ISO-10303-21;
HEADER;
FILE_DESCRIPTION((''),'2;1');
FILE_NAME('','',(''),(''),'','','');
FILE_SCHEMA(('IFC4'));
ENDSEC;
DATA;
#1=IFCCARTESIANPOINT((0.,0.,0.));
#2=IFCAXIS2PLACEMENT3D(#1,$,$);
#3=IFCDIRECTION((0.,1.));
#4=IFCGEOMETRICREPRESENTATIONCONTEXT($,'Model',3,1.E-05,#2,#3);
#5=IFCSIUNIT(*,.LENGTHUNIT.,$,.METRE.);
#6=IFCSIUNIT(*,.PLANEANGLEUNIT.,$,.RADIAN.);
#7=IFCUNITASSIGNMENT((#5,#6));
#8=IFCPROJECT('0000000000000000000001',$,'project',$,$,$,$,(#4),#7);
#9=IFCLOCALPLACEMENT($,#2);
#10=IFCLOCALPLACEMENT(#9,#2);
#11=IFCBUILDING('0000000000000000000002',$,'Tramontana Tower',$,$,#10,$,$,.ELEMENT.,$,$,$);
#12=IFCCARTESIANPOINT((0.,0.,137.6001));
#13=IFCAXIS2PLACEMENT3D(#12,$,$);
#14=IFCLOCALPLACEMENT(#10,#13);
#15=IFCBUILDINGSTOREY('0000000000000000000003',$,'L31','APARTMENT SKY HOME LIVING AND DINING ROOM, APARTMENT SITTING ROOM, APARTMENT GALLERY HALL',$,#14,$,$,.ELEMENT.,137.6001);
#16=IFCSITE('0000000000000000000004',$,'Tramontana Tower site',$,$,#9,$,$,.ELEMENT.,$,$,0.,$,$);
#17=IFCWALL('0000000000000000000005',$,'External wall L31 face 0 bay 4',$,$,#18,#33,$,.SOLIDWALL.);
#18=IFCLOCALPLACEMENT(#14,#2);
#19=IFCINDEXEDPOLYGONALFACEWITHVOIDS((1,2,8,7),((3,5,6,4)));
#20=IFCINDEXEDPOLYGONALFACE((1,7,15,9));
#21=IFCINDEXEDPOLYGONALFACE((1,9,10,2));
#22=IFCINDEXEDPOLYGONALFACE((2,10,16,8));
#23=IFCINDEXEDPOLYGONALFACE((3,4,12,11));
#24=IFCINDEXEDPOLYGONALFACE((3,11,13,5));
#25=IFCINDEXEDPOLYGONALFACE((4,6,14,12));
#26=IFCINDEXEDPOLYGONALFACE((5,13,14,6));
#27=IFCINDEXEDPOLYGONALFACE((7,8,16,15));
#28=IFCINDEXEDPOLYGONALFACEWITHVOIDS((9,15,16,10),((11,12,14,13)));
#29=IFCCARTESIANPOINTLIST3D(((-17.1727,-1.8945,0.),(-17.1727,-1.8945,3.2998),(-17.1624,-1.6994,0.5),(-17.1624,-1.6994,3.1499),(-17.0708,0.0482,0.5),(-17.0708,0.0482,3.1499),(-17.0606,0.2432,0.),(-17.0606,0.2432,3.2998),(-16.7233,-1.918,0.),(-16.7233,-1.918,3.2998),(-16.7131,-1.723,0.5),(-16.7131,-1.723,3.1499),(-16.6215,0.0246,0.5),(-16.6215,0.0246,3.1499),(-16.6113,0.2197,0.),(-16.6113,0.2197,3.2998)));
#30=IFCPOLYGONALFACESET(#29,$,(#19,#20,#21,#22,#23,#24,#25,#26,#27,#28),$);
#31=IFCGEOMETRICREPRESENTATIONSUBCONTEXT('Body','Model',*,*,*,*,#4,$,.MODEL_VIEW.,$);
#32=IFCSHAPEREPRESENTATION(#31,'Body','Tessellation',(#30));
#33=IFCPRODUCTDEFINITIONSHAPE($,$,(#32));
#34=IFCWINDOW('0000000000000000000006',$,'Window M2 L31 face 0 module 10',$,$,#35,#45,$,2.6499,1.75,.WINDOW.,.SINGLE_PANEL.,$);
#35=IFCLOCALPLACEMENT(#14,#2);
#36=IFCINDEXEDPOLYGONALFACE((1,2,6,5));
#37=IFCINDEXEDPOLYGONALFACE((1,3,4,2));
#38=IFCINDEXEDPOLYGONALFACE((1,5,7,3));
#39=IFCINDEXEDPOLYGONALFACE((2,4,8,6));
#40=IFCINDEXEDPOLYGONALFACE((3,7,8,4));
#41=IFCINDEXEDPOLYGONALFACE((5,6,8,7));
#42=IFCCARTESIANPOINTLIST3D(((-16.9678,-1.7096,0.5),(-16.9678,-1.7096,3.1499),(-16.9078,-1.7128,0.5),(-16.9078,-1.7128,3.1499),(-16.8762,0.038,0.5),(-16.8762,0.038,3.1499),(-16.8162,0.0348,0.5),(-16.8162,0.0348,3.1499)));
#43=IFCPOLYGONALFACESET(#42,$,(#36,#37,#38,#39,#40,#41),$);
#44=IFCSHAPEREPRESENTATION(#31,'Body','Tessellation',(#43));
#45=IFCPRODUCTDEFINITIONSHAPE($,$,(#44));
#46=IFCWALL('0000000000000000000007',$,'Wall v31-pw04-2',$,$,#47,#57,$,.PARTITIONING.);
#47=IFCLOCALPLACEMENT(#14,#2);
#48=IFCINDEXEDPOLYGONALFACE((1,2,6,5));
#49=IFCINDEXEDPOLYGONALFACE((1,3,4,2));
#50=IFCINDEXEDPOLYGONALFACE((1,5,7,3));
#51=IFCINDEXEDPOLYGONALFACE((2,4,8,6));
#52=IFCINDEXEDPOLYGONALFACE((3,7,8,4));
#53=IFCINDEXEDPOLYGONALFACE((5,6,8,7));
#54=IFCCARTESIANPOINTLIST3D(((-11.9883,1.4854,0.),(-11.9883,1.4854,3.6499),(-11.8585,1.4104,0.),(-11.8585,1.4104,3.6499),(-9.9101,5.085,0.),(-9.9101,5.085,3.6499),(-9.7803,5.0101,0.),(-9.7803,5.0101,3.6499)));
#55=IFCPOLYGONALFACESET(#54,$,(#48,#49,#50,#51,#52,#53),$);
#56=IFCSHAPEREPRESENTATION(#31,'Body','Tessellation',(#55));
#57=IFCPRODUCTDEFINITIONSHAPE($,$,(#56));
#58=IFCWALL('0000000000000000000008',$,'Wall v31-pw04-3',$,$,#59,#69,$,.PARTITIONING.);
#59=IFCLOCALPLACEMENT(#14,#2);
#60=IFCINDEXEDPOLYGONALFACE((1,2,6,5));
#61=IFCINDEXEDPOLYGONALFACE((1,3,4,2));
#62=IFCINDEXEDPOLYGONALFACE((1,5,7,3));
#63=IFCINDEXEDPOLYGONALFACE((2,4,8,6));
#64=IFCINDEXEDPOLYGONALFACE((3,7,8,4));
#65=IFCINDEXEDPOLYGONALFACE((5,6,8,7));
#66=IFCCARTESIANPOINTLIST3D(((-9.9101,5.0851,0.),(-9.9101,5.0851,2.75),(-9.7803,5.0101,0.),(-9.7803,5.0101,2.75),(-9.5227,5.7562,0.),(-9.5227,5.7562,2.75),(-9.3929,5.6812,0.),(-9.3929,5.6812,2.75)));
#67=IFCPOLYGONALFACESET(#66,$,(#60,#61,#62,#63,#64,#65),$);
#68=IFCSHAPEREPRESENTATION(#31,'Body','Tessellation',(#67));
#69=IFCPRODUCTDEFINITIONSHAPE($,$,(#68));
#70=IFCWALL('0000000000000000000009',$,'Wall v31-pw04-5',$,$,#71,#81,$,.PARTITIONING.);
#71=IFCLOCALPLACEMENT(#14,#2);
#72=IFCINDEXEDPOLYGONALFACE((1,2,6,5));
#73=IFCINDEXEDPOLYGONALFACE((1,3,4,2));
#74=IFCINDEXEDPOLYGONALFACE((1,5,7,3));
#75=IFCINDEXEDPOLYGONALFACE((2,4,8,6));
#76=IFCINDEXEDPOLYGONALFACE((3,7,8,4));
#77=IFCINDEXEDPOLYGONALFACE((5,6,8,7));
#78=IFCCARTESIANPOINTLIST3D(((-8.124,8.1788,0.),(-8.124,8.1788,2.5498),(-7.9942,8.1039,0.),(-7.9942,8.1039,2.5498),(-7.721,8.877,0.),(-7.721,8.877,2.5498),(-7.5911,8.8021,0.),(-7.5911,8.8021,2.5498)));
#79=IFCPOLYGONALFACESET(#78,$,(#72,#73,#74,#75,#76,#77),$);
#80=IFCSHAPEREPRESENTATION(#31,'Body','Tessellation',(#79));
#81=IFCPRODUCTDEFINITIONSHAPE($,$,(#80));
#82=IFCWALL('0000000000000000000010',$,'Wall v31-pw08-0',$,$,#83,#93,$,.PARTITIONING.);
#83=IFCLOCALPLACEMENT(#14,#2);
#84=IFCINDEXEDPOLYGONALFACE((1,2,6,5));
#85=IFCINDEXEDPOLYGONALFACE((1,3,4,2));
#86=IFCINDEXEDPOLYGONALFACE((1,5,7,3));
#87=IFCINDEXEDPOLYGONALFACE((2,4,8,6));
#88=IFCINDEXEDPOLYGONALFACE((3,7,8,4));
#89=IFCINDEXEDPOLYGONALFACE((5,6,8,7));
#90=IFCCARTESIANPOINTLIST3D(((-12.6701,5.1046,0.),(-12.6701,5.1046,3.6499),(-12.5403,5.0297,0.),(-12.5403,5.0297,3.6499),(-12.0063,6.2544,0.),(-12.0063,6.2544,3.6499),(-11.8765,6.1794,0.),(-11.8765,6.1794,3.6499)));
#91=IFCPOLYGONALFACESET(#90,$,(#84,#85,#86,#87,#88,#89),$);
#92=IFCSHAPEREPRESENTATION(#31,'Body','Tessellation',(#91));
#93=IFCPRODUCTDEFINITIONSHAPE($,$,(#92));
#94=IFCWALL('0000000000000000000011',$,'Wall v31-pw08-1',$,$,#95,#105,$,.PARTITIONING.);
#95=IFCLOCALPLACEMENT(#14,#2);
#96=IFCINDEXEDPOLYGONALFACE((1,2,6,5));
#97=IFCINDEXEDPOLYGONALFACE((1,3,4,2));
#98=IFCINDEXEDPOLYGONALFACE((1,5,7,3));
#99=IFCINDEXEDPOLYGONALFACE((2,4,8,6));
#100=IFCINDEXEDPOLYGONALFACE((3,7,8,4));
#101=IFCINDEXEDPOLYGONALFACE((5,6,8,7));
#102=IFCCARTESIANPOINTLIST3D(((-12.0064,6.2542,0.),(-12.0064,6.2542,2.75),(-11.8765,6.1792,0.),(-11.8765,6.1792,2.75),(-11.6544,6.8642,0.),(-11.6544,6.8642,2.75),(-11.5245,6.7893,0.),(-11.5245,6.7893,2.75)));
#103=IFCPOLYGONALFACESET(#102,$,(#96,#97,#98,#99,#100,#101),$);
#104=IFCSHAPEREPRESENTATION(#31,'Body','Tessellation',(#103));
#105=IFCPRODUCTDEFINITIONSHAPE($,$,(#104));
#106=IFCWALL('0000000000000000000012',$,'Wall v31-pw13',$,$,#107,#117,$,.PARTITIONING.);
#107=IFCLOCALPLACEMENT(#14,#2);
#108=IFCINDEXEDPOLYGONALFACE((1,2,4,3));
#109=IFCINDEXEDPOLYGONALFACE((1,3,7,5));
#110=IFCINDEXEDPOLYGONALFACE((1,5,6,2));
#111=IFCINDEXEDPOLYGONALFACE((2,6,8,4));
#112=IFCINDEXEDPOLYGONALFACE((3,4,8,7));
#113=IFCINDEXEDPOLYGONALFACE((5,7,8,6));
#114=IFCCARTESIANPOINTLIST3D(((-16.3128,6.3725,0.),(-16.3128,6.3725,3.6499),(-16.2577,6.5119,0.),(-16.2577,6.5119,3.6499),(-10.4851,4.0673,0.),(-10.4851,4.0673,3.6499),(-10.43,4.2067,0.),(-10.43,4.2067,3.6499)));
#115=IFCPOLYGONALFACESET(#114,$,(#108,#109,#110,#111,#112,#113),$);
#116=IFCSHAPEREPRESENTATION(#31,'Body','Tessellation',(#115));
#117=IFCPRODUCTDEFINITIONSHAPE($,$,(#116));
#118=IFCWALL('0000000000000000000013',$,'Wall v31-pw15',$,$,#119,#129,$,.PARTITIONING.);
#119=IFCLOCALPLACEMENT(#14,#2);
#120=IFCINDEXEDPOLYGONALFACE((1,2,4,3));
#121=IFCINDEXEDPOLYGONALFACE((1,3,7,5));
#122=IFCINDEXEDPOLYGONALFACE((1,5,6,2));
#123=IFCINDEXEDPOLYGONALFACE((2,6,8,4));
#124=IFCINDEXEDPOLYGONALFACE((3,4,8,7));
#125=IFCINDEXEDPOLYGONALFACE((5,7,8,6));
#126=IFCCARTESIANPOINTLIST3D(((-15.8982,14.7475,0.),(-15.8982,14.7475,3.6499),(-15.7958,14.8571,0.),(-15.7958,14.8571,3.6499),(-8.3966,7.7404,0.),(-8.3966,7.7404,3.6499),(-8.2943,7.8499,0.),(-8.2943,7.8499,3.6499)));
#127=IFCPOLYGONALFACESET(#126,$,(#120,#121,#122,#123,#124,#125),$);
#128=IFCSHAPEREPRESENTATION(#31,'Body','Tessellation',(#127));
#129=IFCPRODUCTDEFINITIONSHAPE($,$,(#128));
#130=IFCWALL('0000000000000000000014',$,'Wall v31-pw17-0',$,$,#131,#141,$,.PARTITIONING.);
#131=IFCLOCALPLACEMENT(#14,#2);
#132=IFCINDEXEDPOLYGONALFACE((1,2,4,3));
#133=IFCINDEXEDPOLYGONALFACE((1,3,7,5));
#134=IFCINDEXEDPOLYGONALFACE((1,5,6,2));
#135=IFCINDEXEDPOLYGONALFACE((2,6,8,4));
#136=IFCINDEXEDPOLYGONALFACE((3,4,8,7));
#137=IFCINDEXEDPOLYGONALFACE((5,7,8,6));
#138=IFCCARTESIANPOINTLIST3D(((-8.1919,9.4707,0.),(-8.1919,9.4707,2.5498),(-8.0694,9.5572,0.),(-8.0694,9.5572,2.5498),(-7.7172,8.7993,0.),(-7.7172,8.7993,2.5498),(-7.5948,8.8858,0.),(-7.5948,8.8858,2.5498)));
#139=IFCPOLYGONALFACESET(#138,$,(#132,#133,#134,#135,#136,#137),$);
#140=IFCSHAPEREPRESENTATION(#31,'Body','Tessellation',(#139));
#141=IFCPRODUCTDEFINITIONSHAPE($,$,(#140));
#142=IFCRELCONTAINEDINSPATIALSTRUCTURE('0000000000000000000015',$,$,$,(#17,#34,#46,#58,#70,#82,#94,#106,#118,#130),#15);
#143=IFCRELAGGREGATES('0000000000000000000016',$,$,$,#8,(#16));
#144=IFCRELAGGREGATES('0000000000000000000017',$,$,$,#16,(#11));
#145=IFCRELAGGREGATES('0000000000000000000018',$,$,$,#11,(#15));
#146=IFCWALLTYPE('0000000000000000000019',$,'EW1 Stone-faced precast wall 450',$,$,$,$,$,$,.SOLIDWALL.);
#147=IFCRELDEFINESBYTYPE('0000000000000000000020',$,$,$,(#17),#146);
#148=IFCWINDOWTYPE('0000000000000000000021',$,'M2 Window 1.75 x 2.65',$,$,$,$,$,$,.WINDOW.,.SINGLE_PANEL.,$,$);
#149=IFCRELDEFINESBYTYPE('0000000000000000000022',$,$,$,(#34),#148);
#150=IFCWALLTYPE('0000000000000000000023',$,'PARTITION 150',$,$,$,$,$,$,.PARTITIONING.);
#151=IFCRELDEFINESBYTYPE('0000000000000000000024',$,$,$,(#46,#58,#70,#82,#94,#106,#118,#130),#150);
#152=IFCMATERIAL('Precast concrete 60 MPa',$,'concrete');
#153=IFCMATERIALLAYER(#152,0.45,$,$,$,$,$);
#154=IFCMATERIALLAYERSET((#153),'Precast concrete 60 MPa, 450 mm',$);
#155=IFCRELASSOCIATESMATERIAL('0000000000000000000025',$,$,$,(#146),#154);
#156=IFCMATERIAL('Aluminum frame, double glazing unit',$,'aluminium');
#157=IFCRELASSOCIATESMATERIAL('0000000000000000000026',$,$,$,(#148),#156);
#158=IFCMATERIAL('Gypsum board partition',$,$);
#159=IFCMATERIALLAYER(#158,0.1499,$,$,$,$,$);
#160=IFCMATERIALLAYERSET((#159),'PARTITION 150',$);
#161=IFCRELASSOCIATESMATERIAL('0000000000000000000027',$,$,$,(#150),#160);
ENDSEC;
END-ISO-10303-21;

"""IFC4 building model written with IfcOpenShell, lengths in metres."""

from ifc_helpers import new_model, si_unit, direction, frame, frame_2d, origin, place, context, subcontext, project, spatial, rectangle, extrude, material, layer, layer_set, type_object, element, fill, save


model = new_model("IFC4")

# Units and contexts
model_context = context("Model", 3, precision=1e-05, world=origin(), true_north=direction((0.0, 1.0)))
body_context = subcontext(model_context, "Body", "Model", "MODEL_VIEW")
ifc_project = project(units=[si_unit("LENGTHUNIT", "METRE"), si_unit("PLANEANGLEUNIT", "RADIAN")], contexts=[model_context])

# Site, building, storey
site_placement = place(None, origin())
site = spatial("IfcSite", under=ifc_project, at=site_placement, Name="Tramontana Tower site", CompositionType="ELEMENT", RefElevation=0.0)
building_placement = place(site_placement, origin())
building = spatial("IfcBuilding", under=site, at=building_placement, Name="Tramontana Tower", CompositionType="ELEMENT")
storey_placement = place(building_placement, frame((0.0, 0.0, 137.6001)))
storey = spatial("IfcBuildingStorey", under=building, at=storey_placement, Name="L31", Description="APARTMENT SKY HOME LIVING AND DINING ROOM, APARTMENT SITTING ROOM, APARTMENT GALLERY HALL", CompositionType="ELEMENT", Elevation=137.6001)

# Shared definitions
ifc_material_1 = material(Name="Precast concrete 60 MPa", Category="concrete")
ifc_layer_1 = layer(ifc_material_1, 0.45)
ifc_layer_set_1 = layer_set([ifc_layer_1], Name="Precast concrete 60 MPa, 450 mm")
wall_type_1 = type_object("IfcWallType", Name="EW1 Stone-faced precast wall 450", PredefinedType="SOLIDWALL", material=ifc_layer_set_1)
ifc_material_2 = material(Name="Aluminum frame, double glazing unit", Category="aluminium")
window_type = type_object("IfcWindowType", Name="M2 Window 1.75 x 2.65", PartitioningType="SINGLE_PANEL", PredefinedType="WINDOW", material=ifc_material_2)

# Wall, opening, window
wall_1_placement = place(storey_placement, frame((-16.8359, 0.2314, 0.0), z_axis=(0.0, 0.0, 1.0), x_axis=(-0.052349, -0.998629, 0.0)))
wall_1 = element("IfcWall", 1, at=wall_1_placement, inside=storey, type_object=wall_type_1, Name="External wall L31 face 0 bay 4", PredefinedType="SOLIDWALL", context=body_context, shape_type="SweptSolid", body=[
    extrude(rectangle(XDim=2.1406, YDim=0.45, at=frame_2d((1.0703, 0.0))), origin(), (0.0, 0.0, 1.0), 3.2998),
])
opening_1_placement = place(wall_1_placement, frame((0.1953, 0.0, 0.5)))
opening_1 = element("IfcOpeningElement", 2, at=opening_1_placement, cuts=wall_1, PredefinedType="OPENING", context=body_context, shape_type="SweptSolid", body=[
    extrude(rectangle(XDim=1.75, YDim=2.6499, at=frame_2d((0.875, 1.325))), frame((0.0, 0.2349, 0.0), z_axis=(0.0, -1.0, 0.0), x_axis=(1.0, 0.0, 0.0)), (0.0, 0.0, 1.0), 0.47),
])
window_1_placement = place(opening_1_placement, origin())
window_1 = element("IfcWindow", 3, at=window_1_placement, inside=storey, type_object=window_type, Name="Window M2 L31 face 0 module 10", OverallHeight=2.6499, OverallWidth=1.75, PartitioningType="SINGLE_PANEL", PredefinedType="WINDOW", context=body_context, shape_type="SweptSolid", body=[
    extrude(rectangle(XDim=1.75, YDim=2.6499, at=frame_2d((0.875, 1.325))), frame((0.0, 0.03, 0.0), z_axis=(0.0, -1.0, 0.0), x_axis=(1.0, 0.0, 0.0)), (0.0, 0.0, 1.0), 0.0601),
])
fill(opening_1, window_1)

# Shared definitions
ifc_material_3 = material(Name="Gypsum board partition")
ifc_layer_2 = layer(ifc_material_3, 0.1499)
ifc_layer_set_2 = layer_set([ifc_layer_2], Name="PARTITION 150")
wall_type_2 = type_object("IfcWallType", Name="PARTITION 150", PredefinedType="PARTITIONING", material=ifc_layer_set_2)

# Walls
wall_2_placement = place(storey_placement, frame((-11.9233, 1.448, 0.0), z_axis=(0.0, 0.0, 1.0), x_axis=(0.49998, 0.866037, 0.0)))
element("IfcWall", 4, at=wall_2_placement, inside=storey, type_object=wall_type_2, Name="Wall v31-pw04-2", PredefinedType="PARTITIONING", context=body_context, shape_type="SweptSolid", body=[
    extrude(rectangle(XDim=4.1565, YDim=0.1499, at=frame_2d((2.0781, 0.0))), origin(), (0.0, 0.0, 1.0), 3.6499),
])
wall_3_placement = place(storey_placement, frame((-9.8452, 5.0476, 0.0), z_axis=(0.0, 0.0, 1.0), x_axis=(0.499968, 0.866044, 0.0)))
element("IfcWall", 5, at=wall_3_placement, inside=storey, type_object=wall_type_2, Name="Wall v31-pw04-3", PredefinedType="PARTITIONING", context=body_context, shape_type="SweptSolid", body=[
    extrude(rectangle(XDim=0.7749, YDim=0.1499, at=frame_2d((0.3875, 0.0))), origin(), (0.0, 0.0, 1.0), 2.75),
])

# Walls
wall_4_placement = place(storey_placement, frame((-8.0591, 8.1414, 0.0), z_axis=(0.0, 0.0, 1.0), x_axis=(0.49995, 0.866054, 0.0)))
element("IfcWall", 6, at=wall_4_placement, inside=storey, type_object=wall_type_2, Name="Wall v31-pw04-5", PredefinedType="PARTITIONING", context=body_context, shape_type="SweptSolid", body=[
    extrude(rectangle(XDim=0.8062, YDim=0.1499, at=frame_2d((0.4031, 0.0))), origin(), (0.0, 0.0, 1.0), 2.5498),
])
wall_5_placement = place(storey_placement, frame((-12.6052, 5.0671, 0.0), z_axis=(0.0, 0.0, 1.0), x_axis=(0.500036, 0.866005, 0.0)))
element("IfcWall", 7, at=wall_5_placement, inside=storey, type_object=wall_type_2, Name="Wall v31-pw08-0", PredefinedType="PARTITIONING", context=body_context, shape_type="SweptSolid", body=[
    extrude(rectangle(XDim=1.3276, YDim=0.1499, at=frame_2d((0.6638, 0.0))), origin(), (0.0, 0.0, 1.0), 3.6499),
])
wall_6_placement = place(storey_placement, frame((-11.9414, 6.2168, 0.0), z_axis=(0.0, 0.0, 1.0), x_axis=(0.499792, 0.866145, 0.0)))
element("IfcWall", 8, at=wall_6_placement, inside=storey, type_object=wall_type_2, Name="Wall v31-pw08-1", PredefinedType="PARTITIONING", context=body_context, shape_type="SweptSolid", body=[
    extrude(rectangle(XDim=0.7043, YDim=0.1499, at=frame_2d((0.3521, 0.0))), origin(), (0.0, 0.0, 1.0), 2.75),
])

# Walls
wall_7_placement = place(storey_placement, frame((-10.4575, 4.137, 0.0), z_axis=(0.0, 0.0, 1.0), x_axis=(-0.929894, 0.367828, 0.0)))
element("IfcWall", 9, at=wall_7_placement, inside=storey, type_object=wall_type_2, Name="Wall v31-pw13", PredefinedType="PARTITIONING", context=body_context, shape_type="SweptSolid", body=[
    extrude(rectangle(XDim=6.2671, YDim=0.1499, at=frame_2d((3.1335, 0.0))), origin(), (0.0, 0.0, 1.0), 3.6499),
])
wall_8_placement = place(storey_placement, frame((-8.3455, 7.7952, 0.0), z_axis=(0.0, 0.0, 1.0), x_axis=(-0.730778, 0.682616, 0.0)))
element("IfcWall", 10, at=wall_8_placement, inside=storey, type_object=wall_type_2, Name="Wall v31-pw15", PredefinedType="PARTITIONING", context=body_context, shape_type="SweptSolid", body=[
    extrude(rectangle(XDim=10.2651, YDim=0.1499, at=frame_2d((5.1326, 0.0))), origin(), (0.0, 0.0, 1.0), 3.6499),
])
wall_9_placement = place(storey_placement, frame((-7.656, 8.8425, 0.0), z_axis=(0.0, 0.0, 1.0), x_axis=(-0.577243, 0.816573, 0.0)))
element("IfcWall", 11, at=wall_9_placement, inside=storey, type_object=wall_type_2, Name="Wall v31-pw17-0", PredefinedType="PARTITIONING", context=body_context, shape_type="SweptSolid", body=[
    extrude(rectangle(XDim=0.8223, YDim=0.1499, at=frame_2d((0.4111, 0.0))), origin(), (0.0, 0.0, 1.0), 2.5498),
])

save(model, "model.ifc")
